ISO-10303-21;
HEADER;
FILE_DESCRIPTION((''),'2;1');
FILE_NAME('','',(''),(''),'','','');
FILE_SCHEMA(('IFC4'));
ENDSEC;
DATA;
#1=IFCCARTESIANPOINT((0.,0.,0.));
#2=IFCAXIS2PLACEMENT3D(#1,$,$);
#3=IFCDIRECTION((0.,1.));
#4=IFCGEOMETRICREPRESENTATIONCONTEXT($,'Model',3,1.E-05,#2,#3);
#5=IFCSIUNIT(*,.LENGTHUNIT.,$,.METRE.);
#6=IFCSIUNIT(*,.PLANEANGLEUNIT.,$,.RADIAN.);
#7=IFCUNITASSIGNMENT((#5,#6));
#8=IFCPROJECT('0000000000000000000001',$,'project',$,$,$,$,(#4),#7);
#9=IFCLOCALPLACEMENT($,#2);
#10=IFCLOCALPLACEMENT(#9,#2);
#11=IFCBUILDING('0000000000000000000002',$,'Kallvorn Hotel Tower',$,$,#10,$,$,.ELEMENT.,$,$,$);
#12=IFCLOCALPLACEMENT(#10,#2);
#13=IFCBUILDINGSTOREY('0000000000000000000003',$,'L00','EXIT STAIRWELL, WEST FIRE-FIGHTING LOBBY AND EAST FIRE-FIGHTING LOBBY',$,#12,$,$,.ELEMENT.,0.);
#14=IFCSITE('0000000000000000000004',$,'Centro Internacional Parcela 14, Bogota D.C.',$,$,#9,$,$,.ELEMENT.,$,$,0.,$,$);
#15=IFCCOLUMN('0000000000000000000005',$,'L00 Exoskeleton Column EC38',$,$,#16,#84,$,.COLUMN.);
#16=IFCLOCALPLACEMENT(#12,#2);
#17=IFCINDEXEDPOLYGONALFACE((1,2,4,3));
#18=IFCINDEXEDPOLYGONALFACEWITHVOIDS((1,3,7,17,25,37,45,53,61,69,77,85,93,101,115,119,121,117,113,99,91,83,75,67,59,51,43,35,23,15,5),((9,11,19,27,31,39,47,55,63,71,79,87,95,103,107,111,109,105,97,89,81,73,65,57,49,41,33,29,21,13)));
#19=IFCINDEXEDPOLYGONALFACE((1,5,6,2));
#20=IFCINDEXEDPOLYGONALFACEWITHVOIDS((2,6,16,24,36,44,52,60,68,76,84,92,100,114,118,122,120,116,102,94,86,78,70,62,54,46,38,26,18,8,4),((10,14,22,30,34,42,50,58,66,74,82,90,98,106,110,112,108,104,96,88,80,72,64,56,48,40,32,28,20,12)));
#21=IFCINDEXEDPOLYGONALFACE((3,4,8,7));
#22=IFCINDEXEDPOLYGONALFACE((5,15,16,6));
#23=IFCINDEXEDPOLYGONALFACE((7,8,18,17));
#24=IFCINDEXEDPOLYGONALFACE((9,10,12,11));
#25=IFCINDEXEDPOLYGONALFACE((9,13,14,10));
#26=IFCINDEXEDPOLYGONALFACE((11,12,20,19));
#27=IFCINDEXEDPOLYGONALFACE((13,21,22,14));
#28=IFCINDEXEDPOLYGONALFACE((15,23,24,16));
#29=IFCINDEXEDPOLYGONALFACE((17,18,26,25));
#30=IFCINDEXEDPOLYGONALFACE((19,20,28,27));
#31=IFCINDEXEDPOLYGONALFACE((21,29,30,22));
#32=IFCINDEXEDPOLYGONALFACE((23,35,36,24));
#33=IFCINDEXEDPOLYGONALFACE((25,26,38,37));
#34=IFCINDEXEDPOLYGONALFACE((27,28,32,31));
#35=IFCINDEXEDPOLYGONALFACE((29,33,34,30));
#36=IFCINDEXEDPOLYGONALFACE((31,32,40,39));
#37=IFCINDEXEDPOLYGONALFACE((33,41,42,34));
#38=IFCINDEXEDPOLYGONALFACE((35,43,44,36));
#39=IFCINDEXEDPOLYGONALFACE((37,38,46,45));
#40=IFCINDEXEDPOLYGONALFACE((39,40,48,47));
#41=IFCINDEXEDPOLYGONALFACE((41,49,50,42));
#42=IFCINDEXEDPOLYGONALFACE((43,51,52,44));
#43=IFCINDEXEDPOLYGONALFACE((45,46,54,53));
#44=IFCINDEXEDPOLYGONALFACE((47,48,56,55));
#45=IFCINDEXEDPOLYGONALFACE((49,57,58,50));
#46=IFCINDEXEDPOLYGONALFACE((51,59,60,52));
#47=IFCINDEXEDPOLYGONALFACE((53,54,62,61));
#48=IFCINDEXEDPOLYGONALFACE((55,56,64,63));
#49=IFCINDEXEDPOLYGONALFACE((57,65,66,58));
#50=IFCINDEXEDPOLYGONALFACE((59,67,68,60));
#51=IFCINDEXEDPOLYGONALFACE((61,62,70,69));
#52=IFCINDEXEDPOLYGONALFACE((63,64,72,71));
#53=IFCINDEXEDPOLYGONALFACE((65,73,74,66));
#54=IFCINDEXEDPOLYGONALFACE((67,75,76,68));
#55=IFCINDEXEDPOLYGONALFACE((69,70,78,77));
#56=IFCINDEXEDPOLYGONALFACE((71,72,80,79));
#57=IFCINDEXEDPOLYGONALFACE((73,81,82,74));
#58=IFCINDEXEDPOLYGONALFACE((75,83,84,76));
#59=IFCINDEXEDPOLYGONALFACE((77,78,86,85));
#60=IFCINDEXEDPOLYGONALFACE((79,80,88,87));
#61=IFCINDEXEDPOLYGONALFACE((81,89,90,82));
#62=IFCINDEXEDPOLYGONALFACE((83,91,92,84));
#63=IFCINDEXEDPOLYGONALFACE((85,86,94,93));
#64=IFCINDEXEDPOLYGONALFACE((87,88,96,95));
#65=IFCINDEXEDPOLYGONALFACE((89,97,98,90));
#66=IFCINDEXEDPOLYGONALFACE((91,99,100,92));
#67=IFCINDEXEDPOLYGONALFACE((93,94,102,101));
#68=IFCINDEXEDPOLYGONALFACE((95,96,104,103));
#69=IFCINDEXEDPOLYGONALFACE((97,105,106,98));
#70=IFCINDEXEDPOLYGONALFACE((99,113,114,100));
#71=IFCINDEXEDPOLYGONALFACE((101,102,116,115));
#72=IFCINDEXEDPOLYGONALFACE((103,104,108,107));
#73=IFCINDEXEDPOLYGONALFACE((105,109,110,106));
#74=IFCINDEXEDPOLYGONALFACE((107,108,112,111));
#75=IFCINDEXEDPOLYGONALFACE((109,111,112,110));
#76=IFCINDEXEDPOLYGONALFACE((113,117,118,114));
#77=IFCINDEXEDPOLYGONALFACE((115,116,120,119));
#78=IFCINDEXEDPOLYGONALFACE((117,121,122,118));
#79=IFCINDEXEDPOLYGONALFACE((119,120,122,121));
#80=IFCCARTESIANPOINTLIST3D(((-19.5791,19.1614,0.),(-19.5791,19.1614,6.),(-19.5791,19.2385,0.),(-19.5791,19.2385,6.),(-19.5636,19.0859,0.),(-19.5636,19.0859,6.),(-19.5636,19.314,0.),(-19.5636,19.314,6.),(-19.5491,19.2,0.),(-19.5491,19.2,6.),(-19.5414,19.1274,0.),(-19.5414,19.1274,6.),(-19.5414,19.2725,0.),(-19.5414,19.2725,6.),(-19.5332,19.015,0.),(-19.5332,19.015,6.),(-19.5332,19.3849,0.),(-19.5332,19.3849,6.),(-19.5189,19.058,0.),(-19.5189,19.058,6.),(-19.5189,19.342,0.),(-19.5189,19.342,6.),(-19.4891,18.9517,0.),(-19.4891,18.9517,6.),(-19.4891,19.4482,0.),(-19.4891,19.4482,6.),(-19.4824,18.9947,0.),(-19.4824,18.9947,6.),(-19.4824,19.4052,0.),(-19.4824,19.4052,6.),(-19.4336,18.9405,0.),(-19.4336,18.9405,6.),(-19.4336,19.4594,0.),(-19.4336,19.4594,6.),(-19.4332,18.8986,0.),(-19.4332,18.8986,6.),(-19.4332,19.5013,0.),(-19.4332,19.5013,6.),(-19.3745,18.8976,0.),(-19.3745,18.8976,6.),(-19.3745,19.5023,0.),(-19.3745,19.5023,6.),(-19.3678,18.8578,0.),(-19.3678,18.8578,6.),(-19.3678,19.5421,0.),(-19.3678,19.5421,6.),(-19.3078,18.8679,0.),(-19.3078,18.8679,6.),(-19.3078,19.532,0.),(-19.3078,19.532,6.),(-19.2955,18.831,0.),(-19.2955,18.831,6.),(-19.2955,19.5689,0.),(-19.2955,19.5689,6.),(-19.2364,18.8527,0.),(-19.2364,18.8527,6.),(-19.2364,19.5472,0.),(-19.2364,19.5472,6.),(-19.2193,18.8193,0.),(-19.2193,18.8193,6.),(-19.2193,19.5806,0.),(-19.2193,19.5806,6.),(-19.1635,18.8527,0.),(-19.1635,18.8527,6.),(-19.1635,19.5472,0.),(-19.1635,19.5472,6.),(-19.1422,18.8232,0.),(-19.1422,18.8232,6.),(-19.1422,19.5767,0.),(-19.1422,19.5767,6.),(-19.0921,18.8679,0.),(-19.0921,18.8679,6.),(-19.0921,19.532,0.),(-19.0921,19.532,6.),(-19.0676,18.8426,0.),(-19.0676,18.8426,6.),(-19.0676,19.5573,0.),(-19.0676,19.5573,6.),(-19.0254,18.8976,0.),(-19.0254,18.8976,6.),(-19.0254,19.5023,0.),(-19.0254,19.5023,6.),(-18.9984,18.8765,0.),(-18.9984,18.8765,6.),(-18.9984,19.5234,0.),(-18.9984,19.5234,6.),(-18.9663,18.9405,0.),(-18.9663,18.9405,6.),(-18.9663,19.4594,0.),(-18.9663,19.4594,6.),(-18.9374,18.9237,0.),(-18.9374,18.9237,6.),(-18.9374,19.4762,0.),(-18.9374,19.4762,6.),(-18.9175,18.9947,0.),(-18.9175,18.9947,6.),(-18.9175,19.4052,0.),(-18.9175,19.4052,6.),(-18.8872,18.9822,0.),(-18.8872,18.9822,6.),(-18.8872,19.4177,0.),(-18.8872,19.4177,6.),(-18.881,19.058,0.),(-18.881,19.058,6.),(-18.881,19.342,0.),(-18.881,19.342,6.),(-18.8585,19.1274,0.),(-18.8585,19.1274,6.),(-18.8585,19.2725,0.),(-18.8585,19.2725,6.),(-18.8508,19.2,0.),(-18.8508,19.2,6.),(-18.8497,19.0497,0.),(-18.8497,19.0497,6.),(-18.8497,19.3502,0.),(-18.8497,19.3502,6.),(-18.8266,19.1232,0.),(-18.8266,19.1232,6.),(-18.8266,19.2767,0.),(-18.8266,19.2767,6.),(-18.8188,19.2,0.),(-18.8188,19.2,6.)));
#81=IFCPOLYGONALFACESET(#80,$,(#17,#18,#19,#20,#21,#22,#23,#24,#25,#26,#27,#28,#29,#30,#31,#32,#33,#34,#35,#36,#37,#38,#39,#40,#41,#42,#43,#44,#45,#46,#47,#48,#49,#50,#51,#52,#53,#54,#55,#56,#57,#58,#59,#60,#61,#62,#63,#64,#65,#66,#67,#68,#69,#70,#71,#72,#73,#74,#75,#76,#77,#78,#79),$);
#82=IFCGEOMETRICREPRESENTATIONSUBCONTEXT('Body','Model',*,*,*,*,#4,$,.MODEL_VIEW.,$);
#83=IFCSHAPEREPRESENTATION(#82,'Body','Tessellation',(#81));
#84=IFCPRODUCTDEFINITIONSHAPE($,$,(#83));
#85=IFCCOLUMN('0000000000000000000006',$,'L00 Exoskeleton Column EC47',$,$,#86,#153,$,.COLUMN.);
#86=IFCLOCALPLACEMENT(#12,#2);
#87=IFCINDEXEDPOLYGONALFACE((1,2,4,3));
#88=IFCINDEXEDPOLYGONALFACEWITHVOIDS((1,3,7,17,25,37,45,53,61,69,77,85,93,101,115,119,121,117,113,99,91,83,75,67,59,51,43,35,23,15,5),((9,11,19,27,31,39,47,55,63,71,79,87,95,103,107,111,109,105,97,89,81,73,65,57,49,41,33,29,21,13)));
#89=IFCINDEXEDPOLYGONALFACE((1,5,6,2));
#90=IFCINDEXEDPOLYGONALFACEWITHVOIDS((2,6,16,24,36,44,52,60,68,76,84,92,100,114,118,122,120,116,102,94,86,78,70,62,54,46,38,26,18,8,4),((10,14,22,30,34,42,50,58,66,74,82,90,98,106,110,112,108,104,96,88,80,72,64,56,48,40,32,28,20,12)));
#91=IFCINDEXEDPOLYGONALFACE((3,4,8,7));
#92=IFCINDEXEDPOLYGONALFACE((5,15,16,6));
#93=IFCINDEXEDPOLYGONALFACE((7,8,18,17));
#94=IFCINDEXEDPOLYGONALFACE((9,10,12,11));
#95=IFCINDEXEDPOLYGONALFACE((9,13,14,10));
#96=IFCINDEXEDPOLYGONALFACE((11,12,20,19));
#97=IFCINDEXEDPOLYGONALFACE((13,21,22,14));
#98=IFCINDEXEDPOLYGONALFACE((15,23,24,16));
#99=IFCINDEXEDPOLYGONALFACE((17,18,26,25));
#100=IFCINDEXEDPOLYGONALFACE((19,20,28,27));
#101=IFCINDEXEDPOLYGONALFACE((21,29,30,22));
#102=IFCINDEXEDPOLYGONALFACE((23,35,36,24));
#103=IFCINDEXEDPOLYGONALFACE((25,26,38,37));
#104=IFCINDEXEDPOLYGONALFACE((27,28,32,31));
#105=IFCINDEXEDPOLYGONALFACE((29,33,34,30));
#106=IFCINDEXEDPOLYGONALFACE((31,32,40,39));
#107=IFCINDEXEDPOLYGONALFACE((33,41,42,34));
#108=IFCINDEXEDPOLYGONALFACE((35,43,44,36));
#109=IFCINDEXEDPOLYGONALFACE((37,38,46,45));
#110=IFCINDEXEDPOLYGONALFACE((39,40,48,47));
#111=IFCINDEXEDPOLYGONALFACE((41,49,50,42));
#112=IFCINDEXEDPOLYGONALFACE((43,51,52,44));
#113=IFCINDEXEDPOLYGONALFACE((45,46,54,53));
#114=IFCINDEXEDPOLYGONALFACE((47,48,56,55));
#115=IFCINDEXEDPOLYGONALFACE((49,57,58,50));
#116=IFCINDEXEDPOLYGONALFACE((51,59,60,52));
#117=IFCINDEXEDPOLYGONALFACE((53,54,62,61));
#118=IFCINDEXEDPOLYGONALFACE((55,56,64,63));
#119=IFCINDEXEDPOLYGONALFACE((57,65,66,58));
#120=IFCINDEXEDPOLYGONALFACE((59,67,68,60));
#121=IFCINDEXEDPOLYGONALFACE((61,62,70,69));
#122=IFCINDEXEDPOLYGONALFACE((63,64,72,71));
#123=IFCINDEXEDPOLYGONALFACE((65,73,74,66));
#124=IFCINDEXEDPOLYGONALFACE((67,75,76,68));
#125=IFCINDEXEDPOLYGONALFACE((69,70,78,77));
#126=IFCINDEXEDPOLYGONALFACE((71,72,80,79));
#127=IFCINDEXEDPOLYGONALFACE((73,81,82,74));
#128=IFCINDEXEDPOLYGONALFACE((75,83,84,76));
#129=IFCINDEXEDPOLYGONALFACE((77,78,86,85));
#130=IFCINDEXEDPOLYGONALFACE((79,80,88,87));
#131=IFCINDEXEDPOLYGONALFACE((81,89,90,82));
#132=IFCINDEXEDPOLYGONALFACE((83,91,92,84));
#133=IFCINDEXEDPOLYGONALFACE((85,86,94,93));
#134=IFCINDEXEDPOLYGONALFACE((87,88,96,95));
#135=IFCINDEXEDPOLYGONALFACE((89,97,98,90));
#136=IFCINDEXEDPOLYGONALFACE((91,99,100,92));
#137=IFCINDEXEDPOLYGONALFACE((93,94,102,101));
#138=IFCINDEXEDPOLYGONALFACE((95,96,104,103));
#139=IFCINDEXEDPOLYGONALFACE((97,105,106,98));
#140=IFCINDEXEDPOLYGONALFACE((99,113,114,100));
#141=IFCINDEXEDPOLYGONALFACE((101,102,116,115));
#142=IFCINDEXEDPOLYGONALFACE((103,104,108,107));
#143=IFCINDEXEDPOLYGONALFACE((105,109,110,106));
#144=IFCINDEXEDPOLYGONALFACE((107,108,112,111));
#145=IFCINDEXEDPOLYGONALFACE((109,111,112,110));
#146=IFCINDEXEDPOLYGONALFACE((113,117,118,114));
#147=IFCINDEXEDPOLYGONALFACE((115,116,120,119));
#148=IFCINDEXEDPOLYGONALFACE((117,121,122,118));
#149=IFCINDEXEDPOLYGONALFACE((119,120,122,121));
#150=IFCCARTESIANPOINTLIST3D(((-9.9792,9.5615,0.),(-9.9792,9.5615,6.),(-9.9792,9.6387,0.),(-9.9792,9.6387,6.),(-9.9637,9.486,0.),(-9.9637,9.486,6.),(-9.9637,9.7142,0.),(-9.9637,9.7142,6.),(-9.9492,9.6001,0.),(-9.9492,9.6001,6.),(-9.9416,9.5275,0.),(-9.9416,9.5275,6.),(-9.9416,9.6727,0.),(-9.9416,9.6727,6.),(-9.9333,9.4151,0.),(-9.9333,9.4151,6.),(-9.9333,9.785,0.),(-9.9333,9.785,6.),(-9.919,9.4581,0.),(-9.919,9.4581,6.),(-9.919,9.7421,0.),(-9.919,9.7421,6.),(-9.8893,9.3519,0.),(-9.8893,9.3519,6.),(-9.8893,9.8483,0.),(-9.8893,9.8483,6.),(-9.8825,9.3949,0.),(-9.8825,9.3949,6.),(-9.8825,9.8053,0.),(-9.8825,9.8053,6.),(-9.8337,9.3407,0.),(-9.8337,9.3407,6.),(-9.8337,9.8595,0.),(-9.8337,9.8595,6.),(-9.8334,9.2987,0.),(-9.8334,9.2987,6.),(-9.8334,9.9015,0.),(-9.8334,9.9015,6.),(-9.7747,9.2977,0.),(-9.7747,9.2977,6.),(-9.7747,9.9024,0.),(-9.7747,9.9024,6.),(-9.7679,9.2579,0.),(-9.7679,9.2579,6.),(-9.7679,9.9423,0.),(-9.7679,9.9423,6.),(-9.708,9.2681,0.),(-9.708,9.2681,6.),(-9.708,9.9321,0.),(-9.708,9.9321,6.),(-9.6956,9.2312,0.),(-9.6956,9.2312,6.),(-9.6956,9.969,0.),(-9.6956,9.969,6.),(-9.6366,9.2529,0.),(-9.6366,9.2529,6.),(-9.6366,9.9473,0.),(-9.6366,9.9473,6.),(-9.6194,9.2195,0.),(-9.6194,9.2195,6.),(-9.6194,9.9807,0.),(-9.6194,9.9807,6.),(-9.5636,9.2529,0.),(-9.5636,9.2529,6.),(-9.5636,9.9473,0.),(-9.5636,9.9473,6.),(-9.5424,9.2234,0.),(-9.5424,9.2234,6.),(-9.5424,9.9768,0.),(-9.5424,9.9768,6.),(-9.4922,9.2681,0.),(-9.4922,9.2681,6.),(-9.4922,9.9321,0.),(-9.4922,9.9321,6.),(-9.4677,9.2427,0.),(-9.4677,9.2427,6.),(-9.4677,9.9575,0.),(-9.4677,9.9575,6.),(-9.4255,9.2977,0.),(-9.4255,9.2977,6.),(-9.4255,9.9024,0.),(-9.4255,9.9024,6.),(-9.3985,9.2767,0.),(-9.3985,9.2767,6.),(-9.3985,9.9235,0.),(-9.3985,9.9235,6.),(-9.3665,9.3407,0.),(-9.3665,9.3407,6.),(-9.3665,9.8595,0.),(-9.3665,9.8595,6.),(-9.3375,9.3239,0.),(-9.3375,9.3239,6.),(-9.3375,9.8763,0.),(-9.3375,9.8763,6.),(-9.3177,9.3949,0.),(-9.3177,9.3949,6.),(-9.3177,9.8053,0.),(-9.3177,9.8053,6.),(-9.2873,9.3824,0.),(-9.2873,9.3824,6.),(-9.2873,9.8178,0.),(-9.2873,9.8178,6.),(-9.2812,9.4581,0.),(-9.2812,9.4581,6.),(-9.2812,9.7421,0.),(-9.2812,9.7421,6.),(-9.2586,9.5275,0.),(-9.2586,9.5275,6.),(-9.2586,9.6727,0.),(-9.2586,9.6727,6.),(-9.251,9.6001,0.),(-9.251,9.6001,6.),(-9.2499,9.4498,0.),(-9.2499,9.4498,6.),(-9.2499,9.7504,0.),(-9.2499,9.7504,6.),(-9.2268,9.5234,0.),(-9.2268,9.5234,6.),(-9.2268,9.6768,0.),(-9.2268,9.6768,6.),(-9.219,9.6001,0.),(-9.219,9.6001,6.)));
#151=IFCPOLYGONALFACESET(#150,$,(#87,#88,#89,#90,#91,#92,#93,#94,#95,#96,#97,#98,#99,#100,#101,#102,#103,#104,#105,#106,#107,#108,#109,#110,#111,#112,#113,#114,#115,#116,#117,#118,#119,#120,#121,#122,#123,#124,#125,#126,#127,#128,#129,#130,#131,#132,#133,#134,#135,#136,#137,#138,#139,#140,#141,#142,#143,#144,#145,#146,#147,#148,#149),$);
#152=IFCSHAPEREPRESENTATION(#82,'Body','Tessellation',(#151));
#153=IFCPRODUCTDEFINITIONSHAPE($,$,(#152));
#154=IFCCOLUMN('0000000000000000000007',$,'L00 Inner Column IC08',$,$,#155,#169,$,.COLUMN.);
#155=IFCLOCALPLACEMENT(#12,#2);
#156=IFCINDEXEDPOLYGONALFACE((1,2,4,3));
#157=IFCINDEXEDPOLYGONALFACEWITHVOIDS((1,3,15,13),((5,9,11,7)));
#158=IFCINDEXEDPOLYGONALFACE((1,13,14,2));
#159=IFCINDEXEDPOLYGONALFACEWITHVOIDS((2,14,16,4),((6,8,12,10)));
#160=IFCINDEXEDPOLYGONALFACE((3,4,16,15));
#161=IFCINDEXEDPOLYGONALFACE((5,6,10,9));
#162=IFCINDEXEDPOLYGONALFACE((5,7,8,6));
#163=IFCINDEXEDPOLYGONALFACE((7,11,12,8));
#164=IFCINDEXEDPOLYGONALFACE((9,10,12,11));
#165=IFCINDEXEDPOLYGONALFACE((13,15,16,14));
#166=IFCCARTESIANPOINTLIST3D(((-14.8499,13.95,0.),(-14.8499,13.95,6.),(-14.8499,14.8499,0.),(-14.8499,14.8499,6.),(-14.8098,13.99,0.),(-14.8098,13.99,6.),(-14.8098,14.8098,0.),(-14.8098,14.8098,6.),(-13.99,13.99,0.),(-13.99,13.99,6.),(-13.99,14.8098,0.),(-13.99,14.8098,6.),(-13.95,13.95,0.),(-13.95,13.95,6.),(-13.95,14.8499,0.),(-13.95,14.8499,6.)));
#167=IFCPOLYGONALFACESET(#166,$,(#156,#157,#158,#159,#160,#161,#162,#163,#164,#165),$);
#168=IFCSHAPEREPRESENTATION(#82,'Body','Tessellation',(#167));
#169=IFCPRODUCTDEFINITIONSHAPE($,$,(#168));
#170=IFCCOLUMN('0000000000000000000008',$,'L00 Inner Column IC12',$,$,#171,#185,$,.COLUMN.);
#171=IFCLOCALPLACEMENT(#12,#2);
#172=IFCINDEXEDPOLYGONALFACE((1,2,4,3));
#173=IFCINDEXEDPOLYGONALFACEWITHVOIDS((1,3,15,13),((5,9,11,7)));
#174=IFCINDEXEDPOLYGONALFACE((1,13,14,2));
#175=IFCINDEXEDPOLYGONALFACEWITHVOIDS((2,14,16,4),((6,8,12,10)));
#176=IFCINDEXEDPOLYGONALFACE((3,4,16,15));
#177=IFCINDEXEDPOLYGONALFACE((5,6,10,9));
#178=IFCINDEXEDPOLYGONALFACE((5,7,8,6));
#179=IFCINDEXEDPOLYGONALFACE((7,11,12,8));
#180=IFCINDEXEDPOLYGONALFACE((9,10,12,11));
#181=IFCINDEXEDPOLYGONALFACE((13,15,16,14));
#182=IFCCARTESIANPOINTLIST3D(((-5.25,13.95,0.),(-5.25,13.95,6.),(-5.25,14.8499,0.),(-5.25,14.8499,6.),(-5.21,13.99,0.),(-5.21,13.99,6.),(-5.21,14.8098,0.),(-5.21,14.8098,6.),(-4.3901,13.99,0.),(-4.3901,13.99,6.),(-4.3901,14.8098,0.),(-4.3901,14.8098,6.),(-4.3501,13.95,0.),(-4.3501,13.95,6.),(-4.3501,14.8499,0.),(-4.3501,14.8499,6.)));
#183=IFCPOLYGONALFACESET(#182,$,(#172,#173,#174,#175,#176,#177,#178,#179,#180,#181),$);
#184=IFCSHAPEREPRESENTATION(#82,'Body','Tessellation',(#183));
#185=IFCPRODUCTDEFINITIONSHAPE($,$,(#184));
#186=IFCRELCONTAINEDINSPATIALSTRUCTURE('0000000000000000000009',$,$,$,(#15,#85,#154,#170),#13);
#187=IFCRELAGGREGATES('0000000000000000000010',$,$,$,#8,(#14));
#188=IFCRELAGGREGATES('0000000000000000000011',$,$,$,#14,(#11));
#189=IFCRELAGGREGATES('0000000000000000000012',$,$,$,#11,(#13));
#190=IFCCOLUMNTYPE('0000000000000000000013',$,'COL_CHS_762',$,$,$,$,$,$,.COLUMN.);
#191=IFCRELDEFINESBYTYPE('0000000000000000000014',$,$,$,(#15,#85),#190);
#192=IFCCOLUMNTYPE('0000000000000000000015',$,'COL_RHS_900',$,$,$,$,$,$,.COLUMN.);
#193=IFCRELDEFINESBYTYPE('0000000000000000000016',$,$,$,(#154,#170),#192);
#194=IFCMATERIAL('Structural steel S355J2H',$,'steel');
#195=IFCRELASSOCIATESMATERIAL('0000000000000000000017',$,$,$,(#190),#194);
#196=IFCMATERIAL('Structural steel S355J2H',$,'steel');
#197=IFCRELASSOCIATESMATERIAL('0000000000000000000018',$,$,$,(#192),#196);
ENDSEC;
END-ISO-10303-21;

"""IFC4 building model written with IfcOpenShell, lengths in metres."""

from ifc_helpers import new_model, si_unit, direction, frame, origin, origin_2d, place, context, subcontext, project, spatial, hollow_rectangle, hollow_circle, extrude, material, material_profile, profile_set, type_object, element, save


model = new_model("IFC4")

# Units and contexts
model_context = context("Model", 3, precision=1e-05, world=origin(), true_north=direction((0.0, 1.0)))
body_context = subcontext(model_context, "Body", "Model", "MODEL_VIEW")
ifc_project = project(units=[si_unit("LENGTHUNIT", "METRE"), si_unit("PLANEANGLEUNIT", "RADIAN")], contexts=[model_context])

# Site, building, storey
site_placement = place(None, origin())
site = spatial("IfcSite", under=ifc_project, at=site_placement, Name="Centro Internacional Parcela 14, Bogota D.C.", CompositionType="ELEMENT", RefElevation=0.0)
building_placement = place(site_placement, origin())
building = spatial("IfcBuilding", under=site, at=building_placement, Name="Kallvorn Hotel Tower", CompositionType="ELEMENT")
storey_placement = place(building_placement, origin())
storey = spatial("IfcBuildingStorey", under=building, at=storey_placement, Name="L00", Description="EXIT STAIRWELL, WEST FIRE-FIGHTING LOBBY AND EAST FIRE-FIGHTING LOBBY", CompositionType="ELEMENT", Elevation=0.0)

# Columns
ifc_material_1 = material(Name="Structural steel S355J2H", Category="steel")
ifc_material_profile_1 = material_profile(ifc_material_1, hollow_circle(Radius=0.3811, WallThickness=0.032, at=origin_2d()), Name="CHS 762x32")
ifc_profile_set_1 = profile_set([ifc_material_profile_1], Name="Structural steel S355J2H")
column_type_1 = type_object("IfcColumnType", Name="COL_CHS_762", PredefinedType="COLUMN", material=ifc_profile_set_1)
for number, where, z_axis, x_axis, name in (
    (1, (-19.2, 19.2, 0.0), (0.0, 0.0, 1.0), (1.0, 0.0, 0.0), "L00 Exoskeleton Column EC38"),
    (2, (-9.6001, 9.6001, 0.0), (0.0, 0.0, 1.0), (1.0, 0.0, 0.0), "L00 Exoskeleton Column EC47"),
):
    element("IfcColumn", number, at=place(storey_placement, frame(where, z_axis=z_axis, x_axis=x_axis)), inside=storey, type_object=column_type_1, Name=name, PredefinedType="COLUMN", context=body_context, shape_type="SweptSolid", body=[
        extrude(hollow_circle(Radius=0.3811, WallThickness=0.032, at=origin_2d()), origin(), (0.0, 0.0, 1.0), 6.0),
    ])
ifc_material_2 = material(Name="Structural steel S355J2H", Category="steel")
ifc_material_profile_2 = material_profile(ifc_material_2, hollow_rectangle(XDim=0.8999, YDim=0.8999, WallThickness=0.04, at=origin_2d()), Name="RHS 900x900x40")
ifc_profile_set_2 = profile_set([ifc_material_profile_2], Name="Structural steel S355J2H")
column_type_2 = type_object("IfcColumnType", Name="COL_RHS_900", PredefinedType="COLUMN", material=ifc_profile_set_2)
for number, where, z_axis, x_axis, name in (
    (3, (-14.3999, 14.3999, 0.0), (0.0, 0.0, 1.0), (1.0, 0.0, 0.0), "L00 Inner Column IC08"),
    (4, (-4.8, 14.3999, 0.0), (0.0, 0.0, 1.0), (1.0, 0.0, 0.0), "L00 Inner Column IC12"),
):
    element("IfcColumn", number, at=place(storey_placement, frame(where, z_axis=z_axis, x_axis=x_axis)), inside=storey, type_object=column_type_2, Name=name, PredefinedType="COLUMN", context=body_context, shape_type="SweptSolid", body=[
        extrude(hollow_rectangle(XDim=0.8999, YDim=0.8999, WallThickness=0.04, at=origin_2d()), origin(), (0.0, 0.0, 1.0), 6.0),
    ])

save(model, "model.ifc")
